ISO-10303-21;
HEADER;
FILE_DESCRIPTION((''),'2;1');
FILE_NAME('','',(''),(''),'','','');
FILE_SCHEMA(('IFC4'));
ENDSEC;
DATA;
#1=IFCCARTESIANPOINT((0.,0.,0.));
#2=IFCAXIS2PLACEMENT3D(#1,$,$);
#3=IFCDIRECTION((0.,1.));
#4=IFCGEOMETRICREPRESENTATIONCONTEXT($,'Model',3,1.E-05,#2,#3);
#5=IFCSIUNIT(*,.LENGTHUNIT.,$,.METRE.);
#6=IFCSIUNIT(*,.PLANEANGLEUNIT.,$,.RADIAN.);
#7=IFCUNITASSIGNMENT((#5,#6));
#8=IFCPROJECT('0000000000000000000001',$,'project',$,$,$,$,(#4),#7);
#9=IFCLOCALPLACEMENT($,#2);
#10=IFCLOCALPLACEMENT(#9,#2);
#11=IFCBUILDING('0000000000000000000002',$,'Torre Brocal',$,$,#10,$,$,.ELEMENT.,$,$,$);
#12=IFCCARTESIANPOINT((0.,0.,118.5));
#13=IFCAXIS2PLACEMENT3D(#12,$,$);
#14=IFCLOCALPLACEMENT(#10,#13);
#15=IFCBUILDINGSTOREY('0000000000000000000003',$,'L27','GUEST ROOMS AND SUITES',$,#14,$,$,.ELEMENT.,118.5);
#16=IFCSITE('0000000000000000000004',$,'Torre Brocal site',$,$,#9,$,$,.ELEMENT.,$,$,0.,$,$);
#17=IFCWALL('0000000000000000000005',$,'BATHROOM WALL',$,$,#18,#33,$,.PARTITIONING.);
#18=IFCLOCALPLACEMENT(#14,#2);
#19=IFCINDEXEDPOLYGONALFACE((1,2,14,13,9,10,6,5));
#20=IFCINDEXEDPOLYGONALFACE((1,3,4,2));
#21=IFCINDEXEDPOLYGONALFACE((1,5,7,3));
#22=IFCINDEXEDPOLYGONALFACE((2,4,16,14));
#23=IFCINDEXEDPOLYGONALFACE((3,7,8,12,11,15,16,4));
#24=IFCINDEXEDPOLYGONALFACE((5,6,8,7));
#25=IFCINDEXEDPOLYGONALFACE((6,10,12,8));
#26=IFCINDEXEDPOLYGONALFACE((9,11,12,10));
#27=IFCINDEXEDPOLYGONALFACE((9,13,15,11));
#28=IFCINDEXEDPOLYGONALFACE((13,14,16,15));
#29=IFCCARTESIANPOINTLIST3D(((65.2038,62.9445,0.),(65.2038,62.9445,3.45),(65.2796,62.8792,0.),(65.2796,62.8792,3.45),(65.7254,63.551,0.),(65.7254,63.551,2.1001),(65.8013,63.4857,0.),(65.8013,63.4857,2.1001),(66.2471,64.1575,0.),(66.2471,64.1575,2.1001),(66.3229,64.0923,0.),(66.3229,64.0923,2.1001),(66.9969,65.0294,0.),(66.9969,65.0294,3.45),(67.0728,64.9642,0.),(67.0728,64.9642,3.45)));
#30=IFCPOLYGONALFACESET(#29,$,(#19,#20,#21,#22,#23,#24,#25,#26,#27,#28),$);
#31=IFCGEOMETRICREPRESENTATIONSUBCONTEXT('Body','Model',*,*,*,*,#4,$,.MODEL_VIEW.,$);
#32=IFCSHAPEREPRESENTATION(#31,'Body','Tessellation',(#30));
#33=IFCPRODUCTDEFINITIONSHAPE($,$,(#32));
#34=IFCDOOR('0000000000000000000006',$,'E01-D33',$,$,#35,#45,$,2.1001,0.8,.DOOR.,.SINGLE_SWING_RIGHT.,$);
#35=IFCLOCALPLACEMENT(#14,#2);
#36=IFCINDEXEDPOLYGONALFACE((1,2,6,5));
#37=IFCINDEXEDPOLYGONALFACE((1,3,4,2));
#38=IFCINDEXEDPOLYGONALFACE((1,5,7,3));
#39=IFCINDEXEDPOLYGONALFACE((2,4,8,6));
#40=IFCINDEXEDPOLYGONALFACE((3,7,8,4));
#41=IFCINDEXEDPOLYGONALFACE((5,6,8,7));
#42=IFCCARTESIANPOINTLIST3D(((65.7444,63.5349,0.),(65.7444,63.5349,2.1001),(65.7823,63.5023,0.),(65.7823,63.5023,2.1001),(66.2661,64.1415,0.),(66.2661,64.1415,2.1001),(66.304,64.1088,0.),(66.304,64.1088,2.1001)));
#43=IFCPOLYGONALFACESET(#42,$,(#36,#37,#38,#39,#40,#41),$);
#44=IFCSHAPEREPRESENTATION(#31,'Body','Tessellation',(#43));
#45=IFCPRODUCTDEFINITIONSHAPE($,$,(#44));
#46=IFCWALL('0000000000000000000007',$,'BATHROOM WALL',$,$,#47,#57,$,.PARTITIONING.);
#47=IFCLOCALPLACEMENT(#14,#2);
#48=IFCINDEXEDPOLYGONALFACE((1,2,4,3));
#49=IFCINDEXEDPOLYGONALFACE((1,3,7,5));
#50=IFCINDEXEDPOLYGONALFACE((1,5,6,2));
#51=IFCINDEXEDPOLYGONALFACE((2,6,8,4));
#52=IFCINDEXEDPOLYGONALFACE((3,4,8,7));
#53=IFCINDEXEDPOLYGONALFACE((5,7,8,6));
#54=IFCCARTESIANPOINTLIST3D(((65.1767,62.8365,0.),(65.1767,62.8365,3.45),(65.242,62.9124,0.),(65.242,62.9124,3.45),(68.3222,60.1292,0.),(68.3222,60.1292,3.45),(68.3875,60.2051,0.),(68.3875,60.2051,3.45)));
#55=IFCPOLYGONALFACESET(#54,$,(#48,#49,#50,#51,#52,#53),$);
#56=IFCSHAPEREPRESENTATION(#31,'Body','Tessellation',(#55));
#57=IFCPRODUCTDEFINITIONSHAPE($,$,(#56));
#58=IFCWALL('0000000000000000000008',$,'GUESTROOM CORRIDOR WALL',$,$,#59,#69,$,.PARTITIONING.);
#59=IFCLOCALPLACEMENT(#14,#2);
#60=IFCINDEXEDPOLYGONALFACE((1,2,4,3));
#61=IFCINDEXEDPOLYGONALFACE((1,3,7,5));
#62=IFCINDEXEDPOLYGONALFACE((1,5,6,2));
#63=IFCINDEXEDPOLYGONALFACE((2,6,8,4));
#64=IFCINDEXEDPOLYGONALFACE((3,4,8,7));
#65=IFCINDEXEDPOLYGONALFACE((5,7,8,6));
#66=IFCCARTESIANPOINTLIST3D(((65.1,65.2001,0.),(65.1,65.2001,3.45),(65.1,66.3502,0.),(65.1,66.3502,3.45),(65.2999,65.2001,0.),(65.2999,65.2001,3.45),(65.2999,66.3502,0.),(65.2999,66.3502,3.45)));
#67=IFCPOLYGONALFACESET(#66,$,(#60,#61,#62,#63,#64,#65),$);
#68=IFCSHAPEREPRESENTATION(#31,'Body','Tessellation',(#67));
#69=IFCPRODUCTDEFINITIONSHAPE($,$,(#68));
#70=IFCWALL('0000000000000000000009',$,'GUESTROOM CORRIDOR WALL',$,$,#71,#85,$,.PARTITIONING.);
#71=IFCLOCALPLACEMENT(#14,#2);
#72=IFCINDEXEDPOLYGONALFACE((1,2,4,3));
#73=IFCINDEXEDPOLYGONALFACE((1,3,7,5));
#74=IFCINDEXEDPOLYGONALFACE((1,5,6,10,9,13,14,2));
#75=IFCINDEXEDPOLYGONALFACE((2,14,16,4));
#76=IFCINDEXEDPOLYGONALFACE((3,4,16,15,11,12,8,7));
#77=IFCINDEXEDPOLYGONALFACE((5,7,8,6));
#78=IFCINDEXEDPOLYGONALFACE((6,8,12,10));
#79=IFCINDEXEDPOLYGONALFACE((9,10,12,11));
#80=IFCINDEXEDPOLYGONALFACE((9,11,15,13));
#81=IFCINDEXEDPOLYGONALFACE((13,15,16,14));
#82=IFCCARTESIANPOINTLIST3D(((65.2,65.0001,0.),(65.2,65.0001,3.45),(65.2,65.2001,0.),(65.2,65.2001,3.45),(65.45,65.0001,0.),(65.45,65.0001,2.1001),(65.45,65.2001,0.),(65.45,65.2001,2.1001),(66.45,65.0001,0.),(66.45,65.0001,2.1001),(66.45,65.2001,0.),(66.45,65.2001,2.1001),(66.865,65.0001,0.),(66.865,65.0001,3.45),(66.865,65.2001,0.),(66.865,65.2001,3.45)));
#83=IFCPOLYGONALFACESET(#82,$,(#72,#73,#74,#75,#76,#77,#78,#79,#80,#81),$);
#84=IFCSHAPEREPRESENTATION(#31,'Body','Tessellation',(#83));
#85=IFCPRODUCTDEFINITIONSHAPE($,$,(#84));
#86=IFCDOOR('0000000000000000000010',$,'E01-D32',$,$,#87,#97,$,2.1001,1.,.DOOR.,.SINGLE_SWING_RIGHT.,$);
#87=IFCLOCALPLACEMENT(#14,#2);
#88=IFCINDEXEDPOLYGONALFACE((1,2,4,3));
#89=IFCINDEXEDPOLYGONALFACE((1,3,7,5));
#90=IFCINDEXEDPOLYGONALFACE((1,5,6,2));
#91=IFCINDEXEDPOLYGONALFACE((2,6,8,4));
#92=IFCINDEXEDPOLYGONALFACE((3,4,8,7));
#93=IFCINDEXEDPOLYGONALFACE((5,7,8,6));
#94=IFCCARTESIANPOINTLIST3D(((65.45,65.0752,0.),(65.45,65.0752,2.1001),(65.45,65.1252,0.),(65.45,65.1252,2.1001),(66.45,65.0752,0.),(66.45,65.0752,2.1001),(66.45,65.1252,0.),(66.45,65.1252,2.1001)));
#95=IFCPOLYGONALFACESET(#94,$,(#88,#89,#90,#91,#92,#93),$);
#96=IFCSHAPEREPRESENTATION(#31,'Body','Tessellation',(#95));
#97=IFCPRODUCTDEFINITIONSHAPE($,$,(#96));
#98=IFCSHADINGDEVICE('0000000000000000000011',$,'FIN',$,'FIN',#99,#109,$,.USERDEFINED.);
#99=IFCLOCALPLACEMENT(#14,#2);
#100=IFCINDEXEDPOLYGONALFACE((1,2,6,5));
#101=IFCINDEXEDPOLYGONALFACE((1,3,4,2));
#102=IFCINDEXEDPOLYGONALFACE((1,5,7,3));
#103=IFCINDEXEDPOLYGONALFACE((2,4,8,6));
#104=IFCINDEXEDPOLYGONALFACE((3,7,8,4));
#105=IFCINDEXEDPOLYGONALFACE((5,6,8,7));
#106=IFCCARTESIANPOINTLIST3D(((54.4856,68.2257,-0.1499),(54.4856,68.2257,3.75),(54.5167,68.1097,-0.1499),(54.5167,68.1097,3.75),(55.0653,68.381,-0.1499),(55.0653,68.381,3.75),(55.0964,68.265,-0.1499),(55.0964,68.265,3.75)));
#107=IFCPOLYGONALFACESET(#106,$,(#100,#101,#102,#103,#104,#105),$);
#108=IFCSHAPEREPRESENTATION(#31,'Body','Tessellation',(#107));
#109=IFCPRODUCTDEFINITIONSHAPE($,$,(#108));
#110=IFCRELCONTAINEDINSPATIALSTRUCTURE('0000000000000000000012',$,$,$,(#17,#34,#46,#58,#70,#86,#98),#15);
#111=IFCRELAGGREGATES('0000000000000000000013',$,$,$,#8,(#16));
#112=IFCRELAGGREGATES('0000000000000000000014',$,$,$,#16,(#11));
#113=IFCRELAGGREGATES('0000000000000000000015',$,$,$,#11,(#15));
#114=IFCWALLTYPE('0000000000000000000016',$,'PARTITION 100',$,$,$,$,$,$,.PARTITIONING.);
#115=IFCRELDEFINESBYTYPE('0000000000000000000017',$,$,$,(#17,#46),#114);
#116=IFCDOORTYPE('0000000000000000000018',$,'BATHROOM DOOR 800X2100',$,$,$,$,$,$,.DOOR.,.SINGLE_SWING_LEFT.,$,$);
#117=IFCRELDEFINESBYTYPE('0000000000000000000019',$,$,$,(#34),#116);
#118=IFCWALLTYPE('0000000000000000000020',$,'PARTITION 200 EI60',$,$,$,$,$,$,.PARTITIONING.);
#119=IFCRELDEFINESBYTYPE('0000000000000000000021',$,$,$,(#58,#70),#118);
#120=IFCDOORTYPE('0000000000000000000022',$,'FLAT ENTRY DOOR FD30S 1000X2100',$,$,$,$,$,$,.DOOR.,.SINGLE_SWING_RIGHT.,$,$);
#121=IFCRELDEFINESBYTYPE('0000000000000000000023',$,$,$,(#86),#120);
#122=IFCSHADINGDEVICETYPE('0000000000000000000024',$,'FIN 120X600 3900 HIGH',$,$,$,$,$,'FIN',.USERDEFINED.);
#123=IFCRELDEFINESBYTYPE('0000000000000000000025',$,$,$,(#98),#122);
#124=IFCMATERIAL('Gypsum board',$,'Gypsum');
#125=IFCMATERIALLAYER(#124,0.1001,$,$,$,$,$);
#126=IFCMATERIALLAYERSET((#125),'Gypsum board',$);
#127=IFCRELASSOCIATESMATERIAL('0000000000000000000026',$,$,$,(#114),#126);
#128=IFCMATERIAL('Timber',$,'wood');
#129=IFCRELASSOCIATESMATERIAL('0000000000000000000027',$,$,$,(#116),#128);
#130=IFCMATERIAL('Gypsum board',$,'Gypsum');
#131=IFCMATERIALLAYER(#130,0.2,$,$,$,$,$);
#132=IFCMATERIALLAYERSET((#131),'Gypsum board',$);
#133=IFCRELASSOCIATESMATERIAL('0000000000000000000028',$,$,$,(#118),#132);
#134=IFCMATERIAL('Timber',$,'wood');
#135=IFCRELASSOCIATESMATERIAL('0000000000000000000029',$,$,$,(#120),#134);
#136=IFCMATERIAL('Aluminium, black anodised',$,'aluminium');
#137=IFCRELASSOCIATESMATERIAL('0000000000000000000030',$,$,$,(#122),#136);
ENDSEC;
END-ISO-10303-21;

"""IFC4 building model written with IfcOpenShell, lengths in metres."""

from ifc_helpers import new_model, si_unit, direction, frame, frame_2d, origin, origin_2d, place, context, subcontext, project, spatial, rectangle, extrude, material, layer, layer_set, material_profile, profile_set, type_object, element, fill, save


model = new_model("IFC4")

# Units and contexts
model_context = context("Model", 3, precision=1e-05, world=origin(), true_north=direction((0.0, 1.0)))
body_context = subcontext(model_context, "Body", "Model", "MODEL_VIEW")
ifc_project = project(units=[si_unit("LENGTHUNIT", "METRE"), si_unit("PLANEANGLEUNIT", "RADIAN")], contexts=[model_context])

# Site, building, storey
site_placement = place(None, origin())
site = spatial("IfcSite", under=ifc_project, at=site_placement, Name="Torre Brocal site", CompositionType="ELEMENT", RefElevation=0.0)
building_placement = place(site_placement, origin())
building = spatial("IfcBuilding", under=site, at=building_placement, Name="Torre Brocal", CompositionType="ELEMENT")
storey_placement = place(building_placement, frame((0.0, 0.0, 118.5)))
storey = spatial("IfcBuildingStorey", under=building, at=storey_placement, Name="L27", Description="GUEST ROOMS AND SUITES", CompositionType="ELEMENT", Elevation=118.5)

# Wall, opening, door
ifc_material_1 = material(Name="Gypsum board", Category="Gypsum")
ifc_layer_1 = layer(ifc_material_1, 0.1001)
ifc_layer_set_1 = layer_set([ifc_layer_1], Name="Gypsum board")
wall_type_1 = type_object("IfcWallType", Name="PARTITION 100", PredefinedType="PARTITIONING", material=ifc_layer_set_1)
wall_1_placement = place(storey_placement, frame((65.2417, 62.9119, 0.0), z_axis=(0.0, 0.0, 1.0), x_axis=(0.65207, 0.758159, 0.0)))
wall_1 = element("IfcWall", 1, at=wall_1_placement, inside=storey, type_object=wall_type_1, Name="BATHROOM WALL", PredefinedType="PARTITIONING", context=body_context, shape_type="SweptSolid", body=[
    extrude(rectangle(XDim=2.75, YDim=0.1001, at=frame_2d((1.375, 0.0))), origin(), (0.0, 0.0, 1.0), 3.45),
])
opening_1_placement = place(wall_1_placement, frame((0.8, 0.0, 0.0)))
opening_1 = element("IfcOpeningElement", 2, at=opening_1_placement, cuts=wall_1, PredefinedType="OPENING", context=body_context, shape_type="SweptSolid", body=[
    extrude(rectangle(XDim=0.8, YDim=2.1001, at=frame_2d((0.3999, 1.05))), frame((0.0, 0.0601, 0.0), z_axis=(0.0, -1.0, 0.0), x_axis=(1.0, 0.0, 0.0)), (0.0, 0.0, 1.0), 0.1201),
])
ifc_material_2 = material(Name="Timber", Category="wood")
door_type_1 = type_object("IfcDoorType", Name="BATHROOM DOOR 800X2100", OperationType="SINGLE_SWING_LEFT", PredefinedType="DOOR", material=ifc_material_2)
door_1_placement = place(opening_1_placement, frame((0.8, 0.0, 0.0), z_axis=(0.0, 0.0, 1.0), x_axis=(-1.0, 0.0, 0.0)))
door_1 = element("IfcDoor", 3, at=door_1_placement, inside=storey, type_object=door_type_1, Name="E01-D33", OperationType="SINGLE_SWING_RIGHT", OverallHeight=2.1001, OverallWidth=0.8, PredefinedType="DOOR", context=body_context, shape_type="SweptSolid", body=[
    extrude(rectangle(XDim=0.8, YDim=2.1001, at=frame_2d((0.3999, 1.05))), frame((0.0, 0.0249, 0.0), z_axis=(0.0, -1.0, 0.0), x_axis=(1.0, 0.0, 0.0)), (0.0, 0.0, 1.0), 0.05),
])
fill(opening_1, door_1)

# Walls
wall_2_placement = place(storey_placement, frame((65.2092, 62.8745, 0.0), z_axis=(0.0, 0.0, 1.0), x_axis=(0.75793, -0.652335, 0.0)))
element("IfcWall", 4, at=wall_2_placement, inside=storey, type_object=wall_type_1, Name="BATHROOM WALL", PredefinedType="PARTITIONING", context=body_context, shape_type="SweptSolid", body=[
    extrude(rectangle(XDim=4.1501, YDim=0.1001, at=frame_2d((2.0752, 0.0))), origin(), (0.0, 0.0, 1.0), 3.45),
])
ifc_material_3 = material(Name="Gypsum board", Category="Gypsum")
ifc_layer_2 = layer(ifc_material_3, 0.2)
ifc_layer_set_2 = layer_set([ifc_layer_2], Name="Gypsum board")
wall_type_2 = type_object("IfcWallType", Name="PARTITION 200 EI60", PredefinedType="PARTITIONING", material=ifc_layer_set_2)
wall_3_placement = place(storey_placement, frame((65.2, 65.2, 0.0), z_axis=(0.0, 0.0, 1.0), x_axis=(0.0, 1.0, 0.0)))
element("IfcWall", 5, at=wall_3_placement, inside=storey, type_object=wall_type_2, Name="GUESTROOM CORRIDOR WALL", PredefinedType="PARTITIONING", context=body_context, shape_type="SweptSolid", body=[
    extrude(rectangle(XDim=1.1501, YDim=0.2, at=frame_2d((0.5752, 0.0))), origin(), (0.0, 0.0, 1.0), 3.45),
])

# Wall, opening, door
wall_4_placement = place(storey_placement, frame((65.2, 65.1001, 0.0), z_axis=(0.0, 0.0, 1.0), x_axis=(1.0, 0.0, 0.0)))
wall_4 = element("IfcWall", 6, at=wall_4_placement, inside=storey, type_object=wall_type_2, Name="GUESTROOM CORRIDOR WALL", PredefinedType="PARTITIONING", context=body_context, shape_type="SweptSolid", body=[
    extrude(rectangle(XDim=1.665, YDim=0.2, at=frame_2d((0.8325, 0.0))), origin(), (0.0, 0.0, 1.0), 3.45),
])
opening_2_placement = place(wall_4_placement, frame((0.25, 0.0, 0.0)))
opening_2 = element("IfcOpeningElement", 7, at=opening_2_placement, cuts=wall_4, PredefinedType="OPENING", context=body_context, shape_type="SweptSolid", body=[
    extrude(rectangle(XDim=1.0, YDim=2.1001, at=frame_2d((0.5, 1.05))), frame((0.0, 0.1099, 0.0), z_axis=(0.0, -1.0, 0.0), x_axis=(1.0, 0.0, 0.0)), (0.0, 0.0, 1.0), 0.22),
])
ifc_material_4 = material(Name="Timber", Category="wood")
door_type_2 = type_object("IfcDoorType", Name="FLAT ENTRY DOOR FD30S 1000X2100", OperationType="SINGLE_SWING_RIGHT", PredefinedType="DOOR", material=ifc_material_4)
door_2_placement = place(opening_2_placement, frame((1.0, 0.0, 0.0), z_axis=(0.0, 0.0, 1.0), x_axis=(-1.0, 0.0, 0.0)))
door_2 = element("IfcDoor", 8, at=door_2_placement, inside=storey, type_object=door_type_2, Name="E01-D32", OperationType="SINGLE_SWING_RIGHT", OverallHeight=2.1001, OverallWidth=1.0, PredefinedType="DOOR", context=body_context, shape_type="SweptSolid", body=[
    extrude(rectangle(XDim=1.0, YDim=2.1001, at=frame_2d((0.5, 1.05))), frame((0.0, 0.0249, 0.0), z_axis=(0.0, -1.0, 0.0), x_axis=(1.0, 0.0, 0.0)), (0.0, 0.0, 1.0), 0.05),
])
fill(opening_2, door_2)

# Shading device
ifc_material_5 = material(Name="Aluminium, black anodised", Category="aluminium")
ifc_material_profile_1 = material_profile(ifc_material_5, rectangle(XDim=0.1201, YDim=0.6001, at=origin_2d()), Name="FIN 120X600 3900 HIGH")
ifc_profile_set_1 = profile_set([ifc_material_profile_1], Name="Aluminium, black anodised")
shading_device_type = type_object("IfcShadingDeviceType", Name="FIN 120X600 3900 HIGH", ElementType="FIN", PredefinedType="USERDEFINED", material=ifc_profile_set_1)
shading_device_placement = place(storey_placement, frame((54.791, 68.2454, -0.1499), z_axis=(0.0, 0.0, 1.0), x_axis=(0.258819, -0.965926, 0.0)))
element("IfcShadingDevice", 9, at=shading_device_placement, inside=storey, type_object=shading_device_type, Name="FIN", ObjectType="FIN", PredefinedType="USERDEFINED", context=body_context, shape_type="SweptSolid", body=[
    extrude(rectangle(XDim=0.1201, YDim=0.6001, at=origin_2d()), origin(), (0.0, 0.0, 1.0), 3.8999),
])

save(model, "model.ifc")
